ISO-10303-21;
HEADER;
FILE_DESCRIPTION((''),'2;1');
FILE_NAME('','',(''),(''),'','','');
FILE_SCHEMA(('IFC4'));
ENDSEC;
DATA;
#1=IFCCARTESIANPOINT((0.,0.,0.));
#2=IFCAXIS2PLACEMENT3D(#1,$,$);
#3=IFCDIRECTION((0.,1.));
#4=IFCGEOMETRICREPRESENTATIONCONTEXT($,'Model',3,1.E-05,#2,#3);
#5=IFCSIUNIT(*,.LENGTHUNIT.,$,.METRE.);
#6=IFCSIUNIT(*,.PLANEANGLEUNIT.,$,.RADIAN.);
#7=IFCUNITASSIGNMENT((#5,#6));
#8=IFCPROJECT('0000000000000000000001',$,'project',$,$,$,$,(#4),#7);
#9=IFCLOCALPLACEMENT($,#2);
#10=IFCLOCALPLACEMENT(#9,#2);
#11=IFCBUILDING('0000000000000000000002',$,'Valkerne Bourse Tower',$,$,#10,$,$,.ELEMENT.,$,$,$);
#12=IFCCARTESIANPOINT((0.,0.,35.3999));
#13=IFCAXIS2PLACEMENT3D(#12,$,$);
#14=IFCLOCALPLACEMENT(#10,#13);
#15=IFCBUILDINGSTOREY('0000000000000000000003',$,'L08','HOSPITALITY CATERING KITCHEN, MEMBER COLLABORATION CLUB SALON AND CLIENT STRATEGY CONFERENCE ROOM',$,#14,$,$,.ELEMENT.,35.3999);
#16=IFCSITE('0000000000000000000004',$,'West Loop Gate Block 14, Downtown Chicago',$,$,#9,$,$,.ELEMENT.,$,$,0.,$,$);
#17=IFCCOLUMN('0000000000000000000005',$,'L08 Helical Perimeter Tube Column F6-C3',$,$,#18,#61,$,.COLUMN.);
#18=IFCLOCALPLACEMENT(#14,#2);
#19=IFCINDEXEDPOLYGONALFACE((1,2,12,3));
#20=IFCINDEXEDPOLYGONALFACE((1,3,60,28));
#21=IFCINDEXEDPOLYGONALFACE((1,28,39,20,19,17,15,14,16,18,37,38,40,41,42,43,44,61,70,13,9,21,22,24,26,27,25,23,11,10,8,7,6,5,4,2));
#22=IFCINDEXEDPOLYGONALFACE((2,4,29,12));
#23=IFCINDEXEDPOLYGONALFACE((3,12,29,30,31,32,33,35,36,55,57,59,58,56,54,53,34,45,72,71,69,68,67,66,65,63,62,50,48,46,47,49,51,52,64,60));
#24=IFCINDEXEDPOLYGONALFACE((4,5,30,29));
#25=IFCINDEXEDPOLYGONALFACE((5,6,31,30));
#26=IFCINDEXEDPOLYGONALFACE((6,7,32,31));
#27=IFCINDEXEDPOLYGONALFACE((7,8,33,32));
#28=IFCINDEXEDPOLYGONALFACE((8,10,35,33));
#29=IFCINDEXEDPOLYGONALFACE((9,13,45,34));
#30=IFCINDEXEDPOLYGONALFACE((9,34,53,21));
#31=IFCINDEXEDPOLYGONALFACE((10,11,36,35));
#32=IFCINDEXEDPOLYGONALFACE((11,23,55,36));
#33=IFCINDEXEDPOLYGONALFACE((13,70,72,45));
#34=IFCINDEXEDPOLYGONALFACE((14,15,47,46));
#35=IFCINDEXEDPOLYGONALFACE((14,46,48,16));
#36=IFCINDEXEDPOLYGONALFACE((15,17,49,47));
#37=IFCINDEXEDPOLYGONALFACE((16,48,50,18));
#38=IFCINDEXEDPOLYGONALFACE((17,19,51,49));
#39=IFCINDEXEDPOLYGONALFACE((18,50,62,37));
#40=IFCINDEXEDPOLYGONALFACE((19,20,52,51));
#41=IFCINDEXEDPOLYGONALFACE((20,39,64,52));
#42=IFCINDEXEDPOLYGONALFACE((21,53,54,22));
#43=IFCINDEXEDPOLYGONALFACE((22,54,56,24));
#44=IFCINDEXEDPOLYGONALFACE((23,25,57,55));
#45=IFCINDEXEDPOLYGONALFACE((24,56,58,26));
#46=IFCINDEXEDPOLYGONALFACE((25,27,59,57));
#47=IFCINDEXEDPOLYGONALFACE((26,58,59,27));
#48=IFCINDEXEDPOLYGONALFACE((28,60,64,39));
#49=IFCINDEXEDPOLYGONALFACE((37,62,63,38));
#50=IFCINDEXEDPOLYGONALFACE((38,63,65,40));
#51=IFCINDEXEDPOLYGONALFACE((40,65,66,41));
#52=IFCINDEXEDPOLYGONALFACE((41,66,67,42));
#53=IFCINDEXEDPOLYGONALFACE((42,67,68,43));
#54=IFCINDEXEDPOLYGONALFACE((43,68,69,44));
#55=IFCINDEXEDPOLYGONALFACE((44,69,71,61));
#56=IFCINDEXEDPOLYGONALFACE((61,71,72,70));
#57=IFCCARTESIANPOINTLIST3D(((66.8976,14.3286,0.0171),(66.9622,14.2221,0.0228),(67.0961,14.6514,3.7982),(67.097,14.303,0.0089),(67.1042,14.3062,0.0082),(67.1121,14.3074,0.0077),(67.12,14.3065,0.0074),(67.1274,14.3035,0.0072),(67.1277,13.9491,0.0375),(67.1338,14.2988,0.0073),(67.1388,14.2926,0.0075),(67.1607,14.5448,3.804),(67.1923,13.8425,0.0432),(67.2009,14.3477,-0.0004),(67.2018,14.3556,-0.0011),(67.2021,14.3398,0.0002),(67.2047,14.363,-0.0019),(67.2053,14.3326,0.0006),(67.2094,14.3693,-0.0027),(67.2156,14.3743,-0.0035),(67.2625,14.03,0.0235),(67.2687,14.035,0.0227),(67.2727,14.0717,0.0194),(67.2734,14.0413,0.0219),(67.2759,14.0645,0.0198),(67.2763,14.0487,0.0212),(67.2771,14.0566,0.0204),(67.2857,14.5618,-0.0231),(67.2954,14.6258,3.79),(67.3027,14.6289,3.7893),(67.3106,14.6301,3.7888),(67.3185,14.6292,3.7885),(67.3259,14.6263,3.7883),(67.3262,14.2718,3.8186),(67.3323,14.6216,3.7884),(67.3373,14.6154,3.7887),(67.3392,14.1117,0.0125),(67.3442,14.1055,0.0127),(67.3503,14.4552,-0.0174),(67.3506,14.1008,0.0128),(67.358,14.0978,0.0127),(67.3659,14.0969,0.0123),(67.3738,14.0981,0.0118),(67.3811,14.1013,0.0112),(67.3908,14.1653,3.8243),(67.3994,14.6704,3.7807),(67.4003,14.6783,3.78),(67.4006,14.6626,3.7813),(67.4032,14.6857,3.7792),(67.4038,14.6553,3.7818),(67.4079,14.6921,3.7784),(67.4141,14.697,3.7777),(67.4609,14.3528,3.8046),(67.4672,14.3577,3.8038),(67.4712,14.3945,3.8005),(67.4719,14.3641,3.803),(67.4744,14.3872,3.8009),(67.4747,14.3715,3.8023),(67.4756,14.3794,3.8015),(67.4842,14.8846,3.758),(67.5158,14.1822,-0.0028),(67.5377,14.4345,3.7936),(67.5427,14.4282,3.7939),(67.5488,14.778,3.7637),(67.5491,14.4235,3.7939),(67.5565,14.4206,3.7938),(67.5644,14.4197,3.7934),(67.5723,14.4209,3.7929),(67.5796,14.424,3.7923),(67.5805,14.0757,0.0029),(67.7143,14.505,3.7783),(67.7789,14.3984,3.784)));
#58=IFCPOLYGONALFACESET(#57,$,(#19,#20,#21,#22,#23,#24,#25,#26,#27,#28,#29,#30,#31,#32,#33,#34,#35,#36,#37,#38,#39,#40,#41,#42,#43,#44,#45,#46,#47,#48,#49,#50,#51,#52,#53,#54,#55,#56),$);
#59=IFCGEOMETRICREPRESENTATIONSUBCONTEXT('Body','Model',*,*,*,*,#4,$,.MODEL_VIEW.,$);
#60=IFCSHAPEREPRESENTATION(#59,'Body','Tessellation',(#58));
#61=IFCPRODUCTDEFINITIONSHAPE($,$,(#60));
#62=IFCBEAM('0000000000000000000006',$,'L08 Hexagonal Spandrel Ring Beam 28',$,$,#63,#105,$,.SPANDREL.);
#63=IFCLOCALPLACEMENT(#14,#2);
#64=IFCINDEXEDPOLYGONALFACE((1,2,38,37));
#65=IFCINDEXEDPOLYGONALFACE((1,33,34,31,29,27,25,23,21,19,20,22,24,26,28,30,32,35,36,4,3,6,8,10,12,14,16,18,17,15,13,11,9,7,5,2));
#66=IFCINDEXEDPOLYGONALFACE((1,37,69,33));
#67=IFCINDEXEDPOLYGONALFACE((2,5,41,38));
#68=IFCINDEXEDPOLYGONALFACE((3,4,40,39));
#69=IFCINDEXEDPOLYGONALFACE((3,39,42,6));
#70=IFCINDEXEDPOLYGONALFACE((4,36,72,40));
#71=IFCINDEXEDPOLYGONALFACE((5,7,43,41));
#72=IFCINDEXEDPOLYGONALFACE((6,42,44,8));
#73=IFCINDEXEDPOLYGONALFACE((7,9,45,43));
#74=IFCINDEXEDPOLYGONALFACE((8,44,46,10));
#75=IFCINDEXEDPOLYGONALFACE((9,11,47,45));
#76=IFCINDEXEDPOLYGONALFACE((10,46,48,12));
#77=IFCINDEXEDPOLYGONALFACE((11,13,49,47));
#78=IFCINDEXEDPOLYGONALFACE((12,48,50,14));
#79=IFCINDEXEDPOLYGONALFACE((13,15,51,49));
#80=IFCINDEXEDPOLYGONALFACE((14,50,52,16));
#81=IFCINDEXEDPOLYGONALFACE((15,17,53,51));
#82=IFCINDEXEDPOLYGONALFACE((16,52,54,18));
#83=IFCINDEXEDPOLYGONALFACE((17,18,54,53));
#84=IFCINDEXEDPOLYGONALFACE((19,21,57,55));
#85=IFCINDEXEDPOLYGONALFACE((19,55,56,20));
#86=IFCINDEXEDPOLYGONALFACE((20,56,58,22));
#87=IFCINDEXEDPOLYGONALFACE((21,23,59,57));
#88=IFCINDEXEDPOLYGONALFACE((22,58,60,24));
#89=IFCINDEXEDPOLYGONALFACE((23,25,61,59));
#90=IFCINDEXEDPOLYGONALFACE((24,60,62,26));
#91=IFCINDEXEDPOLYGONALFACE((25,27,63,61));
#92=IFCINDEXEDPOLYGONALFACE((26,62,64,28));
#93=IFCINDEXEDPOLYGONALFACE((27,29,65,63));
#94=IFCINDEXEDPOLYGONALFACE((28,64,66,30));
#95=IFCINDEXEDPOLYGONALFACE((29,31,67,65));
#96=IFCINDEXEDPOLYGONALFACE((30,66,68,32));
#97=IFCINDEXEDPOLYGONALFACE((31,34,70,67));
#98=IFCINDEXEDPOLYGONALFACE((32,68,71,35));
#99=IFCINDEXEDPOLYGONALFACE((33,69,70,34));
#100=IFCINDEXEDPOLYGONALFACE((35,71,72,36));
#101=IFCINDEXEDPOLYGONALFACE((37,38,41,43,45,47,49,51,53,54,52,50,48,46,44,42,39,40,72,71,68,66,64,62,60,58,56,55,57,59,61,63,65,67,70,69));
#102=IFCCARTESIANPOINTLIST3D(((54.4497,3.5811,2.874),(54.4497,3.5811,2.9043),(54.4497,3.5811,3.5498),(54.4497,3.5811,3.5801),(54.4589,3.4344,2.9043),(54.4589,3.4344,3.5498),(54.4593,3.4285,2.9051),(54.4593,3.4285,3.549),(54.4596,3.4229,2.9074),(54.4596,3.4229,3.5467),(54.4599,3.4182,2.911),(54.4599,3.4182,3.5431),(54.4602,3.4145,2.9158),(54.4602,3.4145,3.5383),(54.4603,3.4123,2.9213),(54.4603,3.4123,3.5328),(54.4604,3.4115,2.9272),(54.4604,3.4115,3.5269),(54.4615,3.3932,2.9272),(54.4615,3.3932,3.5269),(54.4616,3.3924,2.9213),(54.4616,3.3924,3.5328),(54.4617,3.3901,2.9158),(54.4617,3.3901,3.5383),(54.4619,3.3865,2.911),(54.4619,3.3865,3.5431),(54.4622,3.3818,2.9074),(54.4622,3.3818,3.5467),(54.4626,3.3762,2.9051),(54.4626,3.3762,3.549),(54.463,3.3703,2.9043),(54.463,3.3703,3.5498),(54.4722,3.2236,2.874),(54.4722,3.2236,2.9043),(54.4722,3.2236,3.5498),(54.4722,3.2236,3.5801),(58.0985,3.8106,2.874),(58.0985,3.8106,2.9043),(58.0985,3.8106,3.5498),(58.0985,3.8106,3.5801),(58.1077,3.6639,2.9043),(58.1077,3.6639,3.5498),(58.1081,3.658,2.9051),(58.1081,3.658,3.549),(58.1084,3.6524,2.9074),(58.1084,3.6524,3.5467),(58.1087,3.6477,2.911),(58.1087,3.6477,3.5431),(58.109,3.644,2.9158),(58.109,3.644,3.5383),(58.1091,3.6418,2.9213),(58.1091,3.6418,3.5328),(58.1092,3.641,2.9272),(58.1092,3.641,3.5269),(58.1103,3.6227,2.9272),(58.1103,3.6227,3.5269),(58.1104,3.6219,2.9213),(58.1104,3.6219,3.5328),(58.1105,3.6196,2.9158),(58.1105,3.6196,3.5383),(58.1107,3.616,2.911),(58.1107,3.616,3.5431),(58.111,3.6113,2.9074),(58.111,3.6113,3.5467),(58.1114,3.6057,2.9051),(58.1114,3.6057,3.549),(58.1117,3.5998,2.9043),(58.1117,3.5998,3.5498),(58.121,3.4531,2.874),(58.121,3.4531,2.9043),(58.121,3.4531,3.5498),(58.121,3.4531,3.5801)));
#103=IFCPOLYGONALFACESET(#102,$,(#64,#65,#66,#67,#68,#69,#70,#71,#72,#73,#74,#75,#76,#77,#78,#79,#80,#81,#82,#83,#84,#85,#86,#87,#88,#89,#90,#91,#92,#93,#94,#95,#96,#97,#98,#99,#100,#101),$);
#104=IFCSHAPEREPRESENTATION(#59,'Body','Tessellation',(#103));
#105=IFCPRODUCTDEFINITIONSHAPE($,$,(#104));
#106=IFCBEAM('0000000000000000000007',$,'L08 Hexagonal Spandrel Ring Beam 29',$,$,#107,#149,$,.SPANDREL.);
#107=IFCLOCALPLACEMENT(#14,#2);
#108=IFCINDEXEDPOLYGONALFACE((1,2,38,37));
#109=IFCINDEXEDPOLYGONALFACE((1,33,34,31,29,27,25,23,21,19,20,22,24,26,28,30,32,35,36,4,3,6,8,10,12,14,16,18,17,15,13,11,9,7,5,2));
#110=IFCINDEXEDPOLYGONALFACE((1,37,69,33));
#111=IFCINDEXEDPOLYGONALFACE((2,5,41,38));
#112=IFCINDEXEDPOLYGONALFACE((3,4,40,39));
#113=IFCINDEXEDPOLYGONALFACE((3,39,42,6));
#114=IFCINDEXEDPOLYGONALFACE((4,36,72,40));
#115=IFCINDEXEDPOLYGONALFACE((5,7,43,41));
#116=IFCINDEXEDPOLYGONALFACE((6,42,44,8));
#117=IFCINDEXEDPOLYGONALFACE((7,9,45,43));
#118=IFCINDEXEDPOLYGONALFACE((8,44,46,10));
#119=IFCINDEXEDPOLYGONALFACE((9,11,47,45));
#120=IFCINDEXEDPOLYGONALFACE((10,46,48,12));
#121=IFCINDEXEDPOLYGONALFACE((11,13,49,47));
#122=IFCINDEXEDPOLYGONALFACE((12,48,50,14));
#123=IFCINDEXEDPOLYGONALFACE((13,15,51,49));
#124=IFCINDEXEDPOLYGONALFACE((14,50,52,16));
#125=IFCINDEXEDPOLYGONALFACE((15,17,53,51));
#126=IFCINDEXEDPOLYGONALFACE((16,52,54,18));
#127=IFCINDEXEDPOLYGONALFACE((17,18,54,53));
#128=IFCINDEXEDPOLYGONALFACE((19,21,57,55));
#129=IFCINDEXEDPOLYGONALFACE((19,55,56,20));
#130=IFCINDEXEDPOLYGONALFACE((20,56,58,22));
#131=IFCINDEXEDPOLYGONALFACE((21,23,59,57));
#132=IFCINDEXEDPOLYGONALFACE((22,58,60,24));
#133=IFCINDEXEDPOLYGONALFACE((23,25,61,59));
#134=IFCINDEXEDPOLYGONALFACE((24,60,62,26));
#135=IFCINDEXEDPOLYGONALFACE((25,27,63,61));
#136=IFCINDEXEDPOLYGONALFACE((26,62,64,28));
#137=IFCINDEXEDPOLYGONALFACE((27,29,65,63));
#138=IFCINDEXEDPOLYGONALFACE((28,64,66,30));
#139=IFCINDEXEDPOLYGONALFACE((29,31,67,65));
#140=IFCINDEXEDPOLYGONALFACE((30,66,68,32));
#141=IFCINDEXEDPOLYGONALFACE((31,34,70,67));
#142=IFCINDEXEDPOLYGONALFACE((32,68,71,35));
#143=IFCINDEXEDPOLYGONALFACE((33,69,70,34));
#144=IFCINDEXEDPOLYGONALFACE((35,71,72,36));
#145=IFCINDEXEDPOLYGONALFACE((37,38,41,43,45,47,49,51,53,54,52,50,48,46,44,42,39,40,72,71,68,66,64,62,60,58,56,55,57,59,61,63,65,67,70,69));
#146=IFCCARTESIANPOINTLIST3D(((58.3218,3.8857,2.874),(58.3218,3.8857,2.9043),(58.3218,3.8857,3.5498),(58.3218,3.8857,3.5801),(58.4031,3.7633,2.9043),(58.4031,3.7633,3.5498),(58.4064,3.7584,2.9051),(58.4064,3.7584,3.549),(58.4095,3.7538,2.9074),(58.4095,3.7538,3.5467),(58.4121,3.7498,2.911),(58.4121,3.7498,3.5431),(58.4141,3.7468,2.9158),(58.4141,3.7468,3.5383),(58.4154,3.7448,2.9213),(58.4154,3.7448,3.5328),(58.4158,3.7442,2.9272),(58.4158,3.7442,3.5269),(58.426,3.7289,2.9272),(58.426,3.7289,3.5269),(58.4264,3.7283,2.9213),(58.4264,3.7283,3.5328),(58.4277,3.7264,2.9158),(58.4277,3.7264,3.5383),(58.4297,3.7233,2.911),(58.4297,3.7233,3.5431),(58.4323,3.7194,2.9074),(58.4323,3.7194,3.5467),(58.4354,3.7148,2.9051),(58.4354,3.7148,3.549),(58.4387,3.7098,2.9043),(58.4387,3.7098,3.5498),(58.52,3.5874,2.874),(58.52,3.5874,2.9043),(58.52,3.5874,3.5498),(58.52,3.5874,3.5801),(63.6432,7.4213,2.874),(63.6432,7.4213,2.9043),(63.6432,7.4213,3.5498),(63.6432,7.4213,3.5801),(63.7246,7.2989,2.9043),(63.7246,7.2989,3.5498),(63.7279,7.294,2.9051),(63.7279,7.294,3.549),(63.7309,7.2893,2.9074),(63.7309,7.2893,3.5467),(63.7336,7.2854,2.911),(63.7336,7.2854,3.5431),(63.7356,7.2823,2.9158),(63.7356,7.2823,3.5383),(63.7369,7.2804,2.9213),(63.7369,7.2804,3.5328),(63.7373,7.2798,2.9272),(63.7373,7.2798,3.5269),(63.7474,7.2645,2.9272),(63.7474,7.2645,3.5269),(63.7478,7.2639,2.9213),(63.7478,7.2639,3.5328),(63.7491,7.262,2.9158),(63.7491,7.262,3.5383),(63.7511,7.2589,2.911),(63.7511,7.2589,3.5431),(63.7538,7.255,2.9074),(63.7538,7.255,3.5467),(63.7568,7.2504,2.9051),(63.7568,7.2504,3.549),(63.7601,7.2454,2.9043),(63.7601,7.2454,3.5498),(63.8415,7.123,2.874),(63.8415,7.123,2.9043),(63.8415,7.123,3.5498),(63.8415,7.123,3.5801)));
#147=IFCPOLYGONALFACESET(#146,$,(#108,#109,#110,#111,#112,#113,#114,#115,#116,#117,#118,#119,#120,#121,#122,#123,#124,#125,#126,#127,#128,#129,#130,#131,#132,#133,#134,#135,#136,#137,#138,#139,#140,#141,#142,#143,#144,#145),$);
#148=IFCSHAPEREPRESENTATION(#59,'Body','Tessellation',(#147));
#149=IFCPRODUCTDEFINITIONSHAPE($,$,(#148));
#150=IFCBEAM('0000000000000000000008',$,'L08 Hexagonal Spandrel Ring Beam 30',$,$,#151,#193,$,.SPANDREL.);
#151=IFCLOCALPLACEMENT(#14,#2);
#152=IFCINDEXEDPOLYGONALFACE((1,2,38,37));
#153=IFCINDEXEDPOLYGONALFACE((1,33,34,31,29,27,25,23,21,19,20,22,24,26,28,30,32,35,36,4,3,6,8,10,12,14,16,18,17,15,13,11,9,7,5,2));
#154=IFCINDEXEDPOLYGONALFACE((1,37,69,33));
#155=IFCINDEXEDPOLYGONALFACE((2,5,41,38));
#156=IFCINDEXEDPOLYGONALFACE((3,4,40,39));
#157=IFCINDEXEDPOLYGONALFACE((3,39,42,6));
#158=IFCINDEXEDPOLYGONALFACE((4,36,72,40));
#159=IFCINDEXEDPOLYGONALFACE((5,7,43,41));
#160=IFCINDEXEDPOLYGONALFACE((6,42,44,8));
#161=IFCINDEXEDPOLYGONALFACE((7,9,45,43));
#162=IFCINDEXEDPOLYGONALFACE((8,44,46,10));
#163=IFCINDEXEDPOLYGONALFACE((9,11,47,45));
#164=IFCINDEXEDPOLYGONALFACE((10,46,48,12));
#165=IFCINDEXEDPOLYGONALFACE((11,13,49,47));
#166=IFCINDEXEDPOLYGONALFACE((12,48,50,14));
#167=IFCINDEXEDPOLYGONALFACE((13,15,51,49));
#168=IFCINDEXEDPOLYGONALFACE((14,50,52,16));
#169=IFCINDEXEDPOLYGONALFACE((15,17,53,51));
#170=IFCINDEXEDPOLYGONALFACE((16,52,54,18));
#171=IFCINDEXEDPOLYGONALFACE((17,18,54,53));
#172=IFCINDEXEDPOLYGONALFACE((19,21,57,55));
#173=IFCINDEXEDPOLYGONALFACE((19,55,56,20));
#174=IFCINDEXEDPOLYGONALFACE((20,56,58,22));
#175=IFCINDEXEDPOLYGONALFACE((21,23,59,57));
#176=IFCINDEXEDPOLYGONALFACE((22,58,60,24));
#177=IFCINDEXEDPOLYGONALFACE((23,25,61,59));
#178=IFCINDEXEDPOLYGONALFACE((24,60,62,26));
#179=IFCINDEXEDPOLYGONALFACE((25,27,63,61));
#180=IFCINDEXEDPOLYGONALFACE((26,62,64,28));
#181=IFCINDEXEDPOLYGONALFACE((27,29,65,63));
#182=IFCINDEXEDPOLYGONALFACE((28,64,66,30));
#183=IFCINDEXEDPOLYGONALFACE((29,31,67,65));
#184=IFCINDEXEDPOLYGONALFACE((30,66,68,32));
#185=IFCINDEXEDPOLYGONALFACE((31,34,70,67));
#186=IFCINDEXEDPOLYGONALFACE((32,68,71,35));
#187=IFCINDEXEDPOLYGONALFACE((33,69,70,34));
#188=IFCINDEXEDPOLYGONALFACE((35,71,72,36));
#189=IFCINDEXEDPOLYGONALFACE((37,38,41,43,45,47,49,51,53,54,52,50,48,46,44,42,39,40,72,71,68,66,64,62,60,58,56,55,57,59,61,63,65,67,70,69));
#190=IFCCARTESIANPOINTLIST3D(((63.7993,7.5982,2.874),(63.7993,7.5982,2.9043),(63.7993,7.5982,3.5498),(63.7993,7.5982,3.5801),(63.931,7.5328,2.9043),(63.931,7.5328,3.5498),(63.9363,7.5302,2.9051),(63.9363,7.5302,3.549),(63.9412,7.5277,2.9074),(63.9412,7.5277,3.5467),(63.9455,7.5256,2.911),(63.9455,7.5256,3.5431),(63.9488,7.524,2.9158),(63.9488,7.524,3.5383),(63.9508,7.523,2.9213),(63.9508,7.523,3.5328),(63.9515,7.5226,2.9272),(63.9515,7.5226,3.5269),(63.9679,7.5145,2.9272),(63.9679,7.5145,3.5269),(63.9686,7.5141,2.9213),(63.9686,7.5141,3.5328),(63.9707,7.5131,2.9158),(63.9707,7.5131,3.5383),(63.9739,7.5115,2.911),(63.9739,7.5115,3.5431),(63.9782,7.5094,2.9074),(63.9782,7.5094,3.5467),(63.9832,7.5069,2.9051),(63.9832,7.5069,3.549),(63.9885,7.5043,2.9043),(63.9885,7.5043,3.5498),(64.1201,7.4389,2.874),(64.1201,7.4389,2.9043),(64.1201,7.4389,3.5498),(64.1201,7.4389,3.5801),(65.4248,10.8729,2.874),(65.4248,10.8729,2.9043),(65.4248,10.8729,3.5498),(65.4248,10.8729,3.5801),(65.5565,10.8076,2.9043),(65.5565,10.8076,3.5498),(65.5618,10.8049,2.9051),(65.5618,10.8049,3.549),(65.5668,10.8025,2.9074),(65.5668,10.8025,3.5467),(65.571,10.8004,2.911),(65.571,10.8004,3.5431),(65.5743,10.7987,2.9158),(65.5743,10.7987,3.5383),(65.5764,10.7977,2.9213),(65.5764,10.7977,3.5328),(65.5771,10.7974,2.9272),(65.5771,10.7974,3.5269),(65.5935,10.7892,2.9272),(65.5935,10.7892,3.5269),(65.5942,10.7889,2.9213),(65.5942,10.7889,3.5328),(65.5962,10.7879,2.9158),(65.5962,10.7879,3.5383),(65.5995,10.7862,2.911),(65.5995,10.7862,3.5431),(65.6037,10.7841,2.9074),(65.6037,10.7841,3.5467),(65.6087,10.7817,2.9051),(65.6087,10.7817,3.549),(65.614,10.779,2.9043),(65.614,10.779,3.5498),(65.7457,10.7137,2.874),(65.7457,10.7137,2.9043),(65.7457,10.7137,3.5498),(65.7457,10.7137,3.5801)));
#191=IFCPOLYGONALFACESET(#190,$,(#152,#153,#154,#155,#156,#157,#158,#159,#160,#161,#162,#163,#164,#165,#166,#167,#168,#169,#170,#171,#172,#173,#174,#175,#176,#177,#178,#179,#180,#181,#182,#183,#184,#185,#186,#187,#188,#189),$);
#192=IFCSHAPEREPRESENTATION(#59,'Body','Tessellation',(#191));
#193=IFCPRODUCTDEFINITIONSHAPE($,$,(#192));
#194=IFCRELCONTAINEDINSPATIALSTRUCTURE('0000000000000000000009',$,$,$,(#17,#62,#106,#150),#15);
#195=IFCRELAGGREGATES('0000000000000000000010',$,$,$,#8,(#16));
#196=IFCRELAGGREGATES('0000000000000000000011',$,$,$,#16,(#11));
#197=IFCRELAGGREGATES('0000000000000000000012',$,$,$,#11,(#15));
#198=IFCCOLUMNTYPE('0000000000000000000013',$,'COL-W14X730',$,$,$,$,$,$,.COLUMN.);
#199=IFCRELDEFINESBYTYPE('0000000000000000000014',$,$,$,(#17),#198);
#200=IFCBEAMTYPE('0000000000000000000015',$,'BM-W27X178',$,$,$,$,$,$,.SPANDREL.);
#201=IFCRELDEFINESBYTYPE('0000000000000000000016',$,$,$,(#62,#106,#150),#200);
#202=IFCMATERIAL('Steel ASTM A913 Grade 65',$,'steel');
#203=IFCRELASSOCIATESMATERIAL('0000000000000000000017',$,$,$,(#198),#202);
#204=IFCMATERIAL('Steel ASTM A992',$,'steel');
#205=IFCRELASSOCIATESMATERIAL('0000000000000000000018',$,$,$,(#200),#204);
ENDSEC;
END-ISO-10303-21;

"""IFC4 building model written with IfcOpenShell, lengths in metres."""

from ifc_helpers import new_model, si_unit, direction, frame, origin, origin_2d, place, context, subcontext, project, spatial, i_section, extrude, material, material_profile, profile_set, type_object, element, save


model = new_model("IFC4")

# Units and contexts
model_context = context("Model", 3, precision=1e-05, world=origin(), true_north=direction((0.0, 1.0)))
body_context = subcontext(model_context, "Body", "Model", "MODEL_VIEW")
ifc_project = project(units=[si_unit("LENGTHUNIT", "METRE"), si_unit("PLANEANGLEUNIT", "RADIAN")], contexts=[model_context])

# Site, building, storey
site_placement = place(None, origin())
site = spatial("IfcSite", under=ifc_project, at=site_placement, Name="West Loop Gate Block 14, Downtown Chicago", CompositionType="ELEMENT", RefElevation=0.0)
building_placement = place(site_placement, origin())
building = spatial("IfcBuilding", under=site, at=building_placement, Name="Valkerne Bourse Tower", CompositionType="ELEMENT")
storey_placement = place(building_placement, frame((0.0, 0.0, 35.3999)))
storey = spatial("IfcBuildingStorey", under=building, at=storey_placement, Name="L08", Description="HOSPITALITY CATERING KITCHEN, MEMBER COLLABORATION CLUB SALON AND CLIENT STRATEGY CONFERENCE ROOM", CompositionType="ELEMENT", Elevation=35.3999)

# Column
ifc_material_1 = material(Name="Steel ASTM A913 Grade 65", Category="steel")
ifc_material_profile_1 = material_profile(ifc_material_1, i_section(OverallWidth=0.4546, OverallDepth=0.5691, WebThickness=0.0779, FlangeThickness=0.1248, FilletRadius=0.0305, at=origin_2d()), Name="W14X730")
ifc_profile_set_1 = profile_set([ifc_material_profile_1], Name="Steel ASTM A913 Grade 65")
column_type = type_object("IfcColumnType", Name="COL-W14X730", PredefinedType="COLUMN", material=ifc_profile_set_1)
column_1_placement = place(storey_placement, frame((67.239, 14.2021, 0.01), z_axis=(0.052234, 0.084936, 0.995016), x_axis=(-0.853862, -0.512902, 0.088606)))
element("IfcColumn", 1, at=column_1_placement, inside=storey, type_object=column_type, Name="L08 Helical Perimeter Tube Column F6-C3", PredefinedType="COLUMN", context=body_context, shape_type="SweptSolid", body=[
    extrude(i_section(OverallWidth=0.4546, OverallDepth=0.5691, WebThickness=0.0779, FlangeThickness=0.1248, FilletRadius=0.0305, at=origin_2d()), origin(), (0.0, 0.0, 1.0), 3.8),
])

# Beams
ifc_material_2 = material(Name="Steel ASTM A992", Category="steel")
ifc_material_profile_2 = material_profile(ifc_material_2, i_section(OverallWidth=0.3582, OverallDepth=0.7061, WebThickness=0.0183, FlangeThickness=0.0303, FilletRadius=0.0229, at=origin_2d()), Name="W27X178")
ifc_profile_set_2 = profile_set([ifc_material_profile_2], Name="Steel ASTM A992")
beam_type = type_object("IfcBeamType", Name="BM-W27X178", PredefinedType="SPANDREL", material=ifc_profile_set_2)
beam_1_placement = place(storey_placement, frame((54.4609, 3.4023, 3.2271), z_axis=(0.998028, 0.062773, 0.0), x_axis=(-0.062773, 0.998028, 0.0)))
element("IfcBeam", 2, at=beam_1_placement, inside=storey, type_object=beam_type, Name="L08 Hexagonal Spandrel Ring Beam 28", PredefinedType="SPANDREL", context=body_context, shape_type="SweptSolid", body=[
    extrude(i_section(OverallWidth=0.3582, OverallDepth=0.7061, WebThickness=0.0183, FlangeThickness=0.0303, FilletRadius=0.0229, at=origin_2d()), origin(), (0.0, 0.0, 1.0), 3.656),
])
beam_2_placement = place(storey_placement, frame((58.4209, 3.7366, 3.2271), z_axis=(0.832919, 0.553394, 0.0), x_axis=(-0.553394, 0.832919, 0.0)))
element("IfcBeam", 3, at=beam_2_placement, inside=storey, type_object=beam_type, Name="L08 Hexagonal Spandrel Ring Beam 29", PredefinedType="SPANDREL", context=body_context, shape_type="SweptSolid", body=[
    extrude(i_section(OverallWidth=0.3582, OverallDepth=0.7061, WebThickness=0.0183, FlangeThickness=0.0303, FilletRadius=0.0229, at=origin_2d()), origin(), (0.0, 0.0, 1.0), 6.3889),
])
for number, where, z_axis, x_axis, name in (
    (4, (63.9597, 7.5186, 3.2271), (0.444621, 0.895719, 0.0), (-0.895719, 0.444621, 0.0), "L08 Hexagonal Spandrel Ring Beam 30"),
):
    element("IfcBeam", number, at=place(storey_placement, frame(where, z_axis=z_axis, x_axis=x_axis)), inside=storey, type_object=beam_type, Name=name, PredefinedType="SPANDREL", context=body_context, shape_type="SweptSolid", body=[
        extrude(i_section(OverallWidth=0.3582, OverallDepth=0.7061, WebThickness=0.0183, FlangeThickness=0.0303, FilletRadius=0.0229, at=origin_2d()), origin(), (0.0, 0.0, 1.0), 3.656),
    ])

save(model, "model.ifc")
